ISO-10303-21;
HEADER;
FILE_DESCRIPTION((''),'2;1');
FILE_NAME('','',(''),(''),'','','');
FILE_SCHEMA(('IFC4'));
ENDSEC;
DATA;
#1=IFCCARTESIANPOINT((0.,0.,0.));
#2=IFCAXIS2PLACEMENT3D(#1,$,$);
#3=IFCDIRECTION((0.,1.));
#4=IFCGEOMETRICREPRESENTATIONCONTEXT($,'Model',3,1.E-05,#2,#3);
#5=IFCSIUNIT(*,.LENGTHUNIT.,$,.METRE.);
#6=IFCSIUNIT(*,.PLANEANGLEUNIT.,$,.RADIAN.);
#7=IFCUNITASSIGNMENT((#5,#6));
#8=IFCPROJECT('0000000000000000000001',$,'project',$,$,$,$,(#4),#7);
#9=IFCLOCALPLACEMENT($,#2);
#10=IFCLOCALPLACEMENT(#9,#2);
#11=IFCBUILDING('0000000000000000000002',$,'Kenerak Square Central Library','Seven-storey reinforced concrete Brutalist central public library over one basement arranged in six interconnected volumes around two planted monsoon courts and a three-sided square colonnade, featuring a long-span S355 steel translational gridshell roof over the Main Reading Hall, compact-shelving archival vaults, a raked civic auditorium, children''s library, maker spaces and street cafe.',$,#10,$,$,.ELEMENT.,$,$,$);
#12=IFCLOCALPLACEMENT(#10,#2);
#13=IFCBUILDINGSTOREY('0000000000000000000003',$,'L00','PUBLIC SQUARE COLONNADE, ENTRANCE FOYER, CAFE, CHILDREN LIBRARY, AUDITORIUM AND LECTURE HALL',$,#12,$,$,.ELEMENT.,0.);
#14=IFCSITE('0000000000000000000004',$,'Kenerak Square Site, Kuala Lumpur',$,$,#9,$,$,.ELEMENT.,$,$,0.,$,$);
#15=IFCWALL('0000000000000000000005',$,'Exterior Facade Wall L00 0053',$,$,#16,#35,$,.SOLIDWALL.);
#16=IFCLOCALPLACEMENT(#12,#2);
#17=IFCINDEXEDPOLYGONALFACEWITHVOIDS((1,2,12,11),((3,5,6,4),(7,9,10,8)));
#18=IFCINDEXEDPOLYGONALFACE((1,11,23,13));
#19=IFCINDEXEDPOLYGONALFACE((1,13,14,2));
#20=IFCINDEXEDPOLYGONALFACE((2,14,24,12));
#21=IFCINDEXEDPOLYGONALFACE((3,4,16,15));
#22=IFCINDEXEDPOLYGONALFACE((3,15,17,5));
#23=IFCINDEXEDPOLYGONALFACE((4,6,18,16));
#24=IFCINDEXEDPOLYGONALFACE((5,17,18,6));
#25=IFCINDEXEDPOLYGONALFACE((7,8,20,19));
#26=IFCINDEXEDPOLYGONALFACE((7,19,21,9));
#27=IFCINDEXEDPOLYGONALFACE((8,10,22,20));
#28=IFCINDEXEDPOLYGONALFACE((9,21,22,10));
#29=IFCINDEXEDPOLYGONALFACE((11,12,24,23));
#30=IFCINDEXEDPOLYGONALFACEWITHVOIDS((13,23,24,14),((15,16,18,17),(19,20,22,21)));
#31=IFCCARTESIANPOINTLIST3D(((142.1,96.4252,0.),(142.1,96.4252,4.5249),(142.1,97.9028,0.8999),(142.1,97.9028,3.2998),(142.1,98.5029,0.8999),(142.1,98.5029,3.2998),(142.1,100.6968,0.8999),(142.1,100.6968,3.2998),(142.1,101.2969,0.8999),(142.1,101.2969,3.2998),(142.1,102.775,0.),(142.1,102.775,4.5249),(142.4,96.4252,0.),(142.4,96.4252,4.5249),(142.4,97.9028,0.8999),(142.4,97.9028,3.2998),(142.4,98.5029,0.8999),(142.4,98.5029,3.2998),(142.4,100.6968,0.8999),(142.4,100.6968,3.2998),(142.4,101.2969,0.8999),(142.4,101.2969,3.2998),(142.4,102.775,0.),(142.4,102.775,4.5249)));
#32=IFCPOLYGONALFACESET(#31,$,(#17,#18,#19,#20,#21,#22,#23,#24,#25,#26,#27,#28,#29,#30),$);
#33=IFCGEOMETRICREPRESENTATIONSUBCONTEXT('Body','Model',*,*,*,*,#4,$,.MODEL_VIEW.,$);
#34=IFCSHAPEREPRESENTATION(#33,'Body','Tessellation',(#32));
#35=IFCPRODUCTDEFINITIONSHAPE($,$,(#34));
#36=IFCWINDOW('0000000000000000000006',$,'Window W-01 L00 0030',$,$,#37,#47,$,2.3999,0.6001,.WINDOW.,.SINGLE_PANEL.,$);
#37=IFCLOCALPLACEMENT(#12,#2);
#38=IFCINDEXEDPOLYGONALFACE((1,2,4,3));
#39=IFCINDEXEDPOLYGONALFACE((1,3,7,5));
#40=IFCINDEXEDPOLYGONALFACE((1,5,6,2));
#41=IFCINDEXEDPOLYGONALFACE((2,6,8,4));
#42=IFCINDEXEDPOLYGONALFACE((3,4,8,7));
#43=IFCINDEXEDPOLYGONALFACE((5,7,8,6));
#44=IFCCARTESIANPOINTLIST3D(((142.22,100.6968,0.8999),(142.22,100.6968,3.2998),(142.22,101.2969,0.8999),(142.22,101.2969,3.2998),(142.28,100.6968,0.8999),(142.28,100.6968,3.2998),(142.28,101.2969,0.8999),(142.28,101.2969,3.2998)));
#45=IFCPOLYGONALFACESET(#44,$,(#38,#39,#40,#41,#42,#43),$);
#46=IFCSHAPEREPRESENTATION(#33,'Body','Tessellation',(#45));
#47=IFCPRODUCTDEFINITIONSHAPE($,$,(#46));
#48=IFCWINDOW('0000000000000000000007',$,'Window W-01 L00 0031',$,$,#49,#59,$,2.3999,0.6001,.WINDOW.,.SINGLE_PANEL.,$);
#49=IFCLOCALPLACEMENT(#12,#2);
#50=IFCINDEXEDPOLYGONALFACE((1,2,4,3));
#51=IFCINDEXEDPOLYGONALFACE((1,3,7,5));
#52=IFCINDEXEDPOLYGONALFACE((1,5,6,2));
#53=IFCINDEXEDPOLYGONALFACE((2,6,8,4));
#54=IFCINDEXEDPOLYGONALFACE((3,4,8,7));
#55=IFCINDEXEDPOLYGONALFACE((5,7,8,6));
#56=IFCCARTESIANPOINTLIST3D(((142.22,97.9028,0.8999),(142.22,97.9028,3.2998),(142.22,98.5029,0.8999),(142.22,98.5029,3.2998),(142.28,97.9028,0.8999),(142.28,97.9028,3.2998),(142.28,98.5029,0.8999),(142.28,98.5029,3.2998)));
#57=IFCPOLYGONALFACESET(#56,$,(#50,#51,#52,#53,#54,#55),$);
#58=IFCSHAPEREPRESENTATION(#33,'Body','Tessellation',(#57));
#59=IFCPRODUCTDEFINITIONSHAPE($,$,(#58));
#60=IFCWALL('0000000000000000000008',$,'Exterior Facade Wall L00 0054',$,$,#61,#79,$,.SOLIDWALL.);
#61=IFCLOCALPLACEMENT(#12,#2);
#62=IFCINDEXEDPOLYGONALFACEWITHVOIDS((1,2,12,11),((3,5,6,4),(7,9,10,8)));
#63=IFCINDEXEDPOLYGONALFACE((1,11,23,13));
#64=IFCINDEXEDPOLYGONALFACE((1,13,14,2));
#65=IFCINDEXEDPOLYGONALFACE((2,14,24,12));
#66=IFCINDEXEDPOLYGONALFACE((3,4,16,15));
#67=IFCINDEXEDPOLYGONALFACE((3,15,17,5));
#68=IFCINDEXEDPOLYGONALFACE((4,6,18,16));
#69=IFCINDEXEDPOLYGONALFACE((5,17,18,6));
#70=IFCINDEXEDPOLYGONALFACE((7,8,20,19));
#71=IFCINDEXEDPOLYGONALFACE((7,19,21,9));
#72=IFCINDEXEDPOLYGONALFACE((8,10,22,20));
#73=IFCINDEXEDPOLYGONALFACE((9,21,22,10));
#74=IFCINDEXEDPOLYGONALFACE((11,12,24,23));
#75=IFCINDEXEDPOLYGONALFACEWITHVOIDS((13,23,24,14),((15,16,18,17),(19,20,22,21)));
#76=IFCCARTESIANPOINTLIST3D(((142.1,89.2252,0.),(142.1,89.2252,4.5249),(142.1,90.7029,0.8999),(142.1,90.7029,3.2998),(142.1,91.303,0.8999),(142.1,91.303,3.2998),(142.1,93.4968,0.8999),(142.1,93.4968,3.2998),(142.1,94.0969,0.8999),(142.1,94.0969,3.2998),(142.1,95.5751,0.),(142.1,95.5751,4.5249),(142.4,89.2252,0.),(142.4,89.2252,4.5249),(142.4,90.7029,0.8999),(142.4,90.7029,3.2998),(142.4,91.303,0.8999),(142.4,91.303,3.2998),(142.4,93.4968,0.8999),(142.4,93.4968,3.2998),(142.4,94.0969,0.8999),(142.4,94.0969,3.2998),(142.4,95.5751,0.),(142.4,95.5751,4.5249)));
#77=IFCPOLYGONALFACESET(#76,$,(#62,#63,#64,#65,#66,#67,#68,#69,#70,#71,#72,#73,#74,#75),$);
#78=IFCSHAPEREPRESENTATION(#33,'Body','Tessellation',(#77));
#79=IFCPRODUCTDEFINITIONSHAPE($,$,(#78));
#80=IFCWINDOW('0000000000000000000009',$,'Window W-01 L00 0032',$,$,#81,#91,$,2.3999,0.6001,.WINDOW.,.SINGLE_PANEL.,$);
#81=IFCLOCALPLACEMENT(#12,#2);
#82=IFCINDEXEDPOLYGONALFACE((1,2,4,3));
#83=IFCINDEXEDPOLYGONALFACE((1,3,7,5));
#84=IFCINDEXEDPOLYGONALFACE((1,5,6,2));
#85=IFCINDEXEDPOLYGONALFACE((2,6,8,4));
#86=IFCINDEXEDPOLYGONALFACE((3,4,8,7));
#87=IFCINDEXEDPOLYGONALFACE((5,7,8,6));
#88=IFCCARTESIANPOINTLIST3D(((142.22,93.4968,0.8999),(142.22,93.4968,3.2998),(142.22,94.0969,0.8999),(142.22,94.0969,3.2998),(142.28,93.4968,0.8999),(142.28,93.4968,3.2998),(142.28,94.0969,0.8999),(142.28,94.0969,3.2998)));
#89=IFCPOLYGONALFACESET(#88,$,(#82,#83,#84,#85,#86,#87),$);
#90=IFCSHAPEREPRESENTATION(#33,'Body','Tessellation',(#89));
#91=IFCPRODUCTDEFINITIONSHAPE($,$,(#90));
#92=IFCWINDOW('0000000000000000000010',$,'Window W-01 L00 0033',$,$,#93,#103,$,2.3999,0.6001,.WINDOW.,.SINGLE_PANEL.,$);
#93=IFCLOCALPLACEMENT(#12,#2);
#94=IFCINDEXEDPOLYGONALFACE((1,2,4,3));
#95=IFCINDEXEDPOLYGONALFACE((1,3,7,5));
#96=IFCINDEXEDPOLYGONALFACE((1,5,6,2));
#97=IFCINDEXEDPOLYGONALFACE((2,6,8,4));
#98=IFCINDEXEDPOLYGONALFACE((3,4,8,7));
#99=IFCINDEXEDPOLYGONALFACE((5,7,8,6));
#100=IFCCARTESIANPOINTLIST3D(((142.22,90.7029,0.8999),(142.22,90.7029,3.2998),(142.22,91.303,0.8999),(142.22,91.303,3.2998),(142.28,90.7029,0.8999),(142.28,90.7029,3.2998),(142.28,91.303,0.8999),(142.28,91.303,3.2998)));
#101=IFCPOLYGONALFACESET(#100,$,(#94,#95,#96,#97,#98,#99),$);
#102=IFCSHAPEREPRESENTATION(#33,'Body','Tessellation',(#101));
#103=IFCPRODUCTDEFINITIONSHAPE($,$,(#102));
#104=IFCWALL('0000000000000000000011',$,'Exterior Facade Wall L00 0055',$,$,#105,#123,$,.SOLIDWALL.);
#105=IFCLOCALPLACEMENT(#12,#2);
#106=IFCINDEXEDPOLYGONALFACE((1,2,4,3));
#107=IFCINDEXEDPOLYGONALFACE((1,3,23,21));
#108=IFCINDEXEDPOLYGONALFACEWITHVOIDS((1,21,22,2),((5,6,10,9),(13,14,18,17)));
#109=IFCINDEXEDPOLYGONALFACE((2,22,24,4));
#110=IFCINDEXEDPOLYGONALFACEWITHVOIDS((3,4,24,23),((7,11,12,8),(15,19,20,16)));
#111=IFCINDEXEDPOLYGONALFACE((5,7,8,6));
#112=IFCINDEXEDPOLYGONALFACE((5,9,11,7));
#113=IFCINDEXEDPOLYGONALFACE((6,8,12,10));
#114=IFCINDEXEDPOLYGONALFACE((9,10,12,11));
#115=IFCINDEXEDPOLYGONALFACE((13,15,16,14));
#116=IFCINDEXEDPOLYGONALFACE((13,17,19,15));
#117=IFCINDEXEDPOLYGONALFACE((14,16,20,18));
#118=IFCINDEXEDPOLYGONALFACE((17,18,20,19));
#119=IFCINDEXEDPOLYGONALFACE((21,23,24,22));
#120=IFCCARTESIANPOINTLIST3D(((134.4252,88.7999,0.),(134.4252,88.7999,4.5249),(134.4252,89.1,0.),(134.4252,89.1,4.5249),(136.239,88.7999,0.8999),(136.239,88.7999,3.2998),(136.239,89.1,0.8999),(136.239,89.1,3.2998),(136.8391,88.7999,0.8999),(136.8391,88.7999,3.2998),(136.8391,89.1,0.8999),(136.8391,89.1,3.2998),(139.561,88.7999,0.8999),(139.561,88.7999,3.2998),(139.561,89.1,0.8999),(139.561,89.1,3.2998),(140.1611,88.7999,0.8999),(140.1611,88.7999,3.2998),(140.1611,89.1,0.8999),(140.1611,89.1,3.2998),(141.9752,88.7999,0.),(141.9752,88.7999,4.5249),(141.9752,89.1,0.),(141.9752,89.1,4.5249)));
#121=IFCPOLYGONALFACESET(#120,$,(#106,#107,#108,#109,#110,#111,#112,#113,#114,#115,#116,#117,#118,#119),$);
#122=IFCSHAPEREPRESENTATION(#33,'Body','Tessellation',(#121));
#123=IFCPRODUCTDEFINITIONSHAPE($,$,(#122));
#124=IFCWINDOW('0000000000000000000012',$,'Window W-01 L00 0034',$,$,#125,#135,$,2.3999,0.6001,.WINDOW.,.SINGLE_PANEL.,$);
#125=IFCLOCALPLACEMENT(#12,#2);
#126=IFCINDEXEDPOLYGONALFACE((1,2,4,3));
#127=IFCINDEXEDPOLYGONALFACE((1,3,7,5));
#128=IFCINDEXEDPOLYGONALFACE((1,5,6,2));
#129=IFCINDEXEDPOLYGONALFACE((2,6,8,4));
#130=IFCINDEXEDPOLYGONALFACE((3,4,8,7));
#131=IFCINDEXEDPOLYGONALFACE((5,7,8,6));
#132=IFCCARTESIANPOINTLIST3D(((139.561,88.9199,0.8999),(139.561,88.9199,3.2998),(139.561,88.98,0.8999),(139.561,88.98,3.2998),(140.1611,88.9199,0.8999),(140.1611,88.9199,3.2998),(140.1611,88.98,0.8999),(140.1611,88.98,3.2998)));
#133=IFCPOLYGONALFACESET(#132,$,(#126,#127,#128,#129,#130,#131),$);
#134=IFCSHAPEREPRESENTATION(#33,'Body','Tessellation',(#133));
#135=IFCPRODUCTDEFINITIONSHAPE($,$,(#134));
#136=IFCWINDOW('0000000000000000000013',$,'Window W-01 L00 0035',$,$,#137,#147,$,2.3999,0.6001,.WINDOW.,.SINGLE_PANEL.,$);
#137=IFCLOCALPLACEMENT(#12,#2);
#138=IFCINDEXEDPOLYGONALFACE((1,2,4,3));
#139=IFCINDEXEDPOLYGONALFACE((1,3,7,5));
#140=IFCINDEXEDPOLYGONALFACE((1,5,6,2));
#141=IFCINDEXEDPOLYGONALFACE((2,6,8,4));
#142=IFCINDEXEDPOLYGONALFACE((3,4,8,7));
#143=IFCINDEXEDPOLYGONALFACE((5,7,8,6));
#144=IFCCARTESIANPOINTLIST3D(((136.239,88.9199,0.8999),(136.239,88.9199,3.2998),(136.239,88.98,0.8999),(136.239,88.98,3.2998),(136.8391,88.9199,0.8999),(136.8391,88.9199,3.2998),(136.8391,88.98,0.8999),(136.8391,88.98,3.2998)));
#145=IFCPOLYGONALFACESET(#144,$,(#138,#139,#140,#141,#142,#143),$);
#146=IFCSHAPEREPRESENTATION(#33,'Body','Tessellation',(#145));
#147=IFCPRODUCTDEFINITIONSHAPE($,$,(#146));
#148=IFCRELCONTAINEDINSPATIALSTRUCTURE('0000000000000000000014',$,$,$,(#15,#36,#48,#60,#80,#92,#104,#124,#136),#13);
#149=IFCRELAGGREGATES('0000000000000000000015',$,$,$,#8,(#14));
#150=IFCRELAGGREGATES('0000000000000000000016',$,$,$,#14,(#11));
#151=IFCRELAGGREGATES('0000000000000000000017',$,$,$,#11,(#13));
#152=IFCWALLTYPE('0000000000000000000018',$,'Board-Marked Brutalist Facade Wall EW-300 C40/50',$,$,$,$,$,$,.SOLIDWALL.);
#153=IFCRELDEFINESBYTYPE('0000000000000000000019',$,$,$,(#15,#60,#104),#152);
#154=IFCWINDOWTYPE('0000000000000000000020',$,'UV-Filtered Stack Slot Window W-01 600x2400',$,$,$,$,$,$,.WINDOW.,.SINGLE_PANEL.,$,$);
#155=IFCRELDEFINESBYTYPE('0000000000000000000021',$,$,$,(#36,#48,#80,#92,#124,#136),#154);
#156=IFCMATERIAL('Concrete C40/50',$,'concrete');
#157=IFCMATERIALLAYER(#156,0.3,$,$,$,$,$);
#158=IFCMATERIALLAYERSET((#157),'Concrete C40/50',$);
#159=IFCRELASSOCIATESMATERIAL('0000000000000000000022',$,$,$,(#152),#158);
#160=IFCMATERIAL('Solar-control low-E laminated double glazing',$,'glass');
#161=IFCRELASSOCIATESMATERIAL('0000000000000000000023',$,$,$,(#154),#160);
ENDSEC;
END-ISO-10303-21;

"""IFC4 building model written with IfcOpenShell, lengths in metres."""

from ifc_helpers import new_model, si_unit, direction, frame, frame_2d, origin, place, context, subcontext, project, spatial, rectangle, extrude, material, layer, layer_set, type_object, element, fill, save


model = new_model("IFC4")

# Units and contexts
model_context = context("Model", 3, precision=1e-05, world=origin(), true_north=direction((0.0, 1.0)))
body_context = subcontext(model_context, "Body", "Model", "MODEL_VIEW")
ifc_project = project(units=[si_unit("LENGTHUNIT", "METRE"), si_unit("PLANEANGLEUNIT", "RADIAN")], contexts=[model_context])

# Site, building, storey
site_placement = place(None, origin())
site = spatial("IfcSite", under=ifc_project, at=site_placement, Name="Kenerak Square Site, Kuala Lumpur", CompositionType="ELEMENT", RefElevation=0.0)
building_placement = place(site_placement, origin())
building = spatial("IfcBuilding", under=site, at=building_placement, Name="Kenerak Square Central Library", Description="Seven-storey reinforced concrete Brutalist central public library over one basement arranged in six interconnected volumes around two planted monsoon courts and a three-sided square colonnade, featuring a long-span S355 steel translational gridshell roof over the Main Reading Hall, compact-shelving archival vaults, a raked civic auditorium, children's library, maker spaces and street cafe.", CompositionType="ELEMENT")
storey_placement = place(building_placement, origin())
storey = spatial("IfcBuildingStorey", under=building, at=storey_placement, Name="L00", Description="PUBLIC SQUARE COLONNADE, ENTRANCE FOYER, CAFE, CHILDREN LIBRARY, AUDITORIUM AND LECTURE HALL", CompositionType="ELEMENT", Elevation=0.0)

# Shared definitions
ifc_material_1 = material(Name="Concrete C40/50", Category="concrete")

# Shared definitions
ifc_layer = layer(ifc_material_1, 0.3)
ifc_layer_set = layer_set([ifc_layer], Name="Concrete C40/50")
wall_type = type_object("IfcWallType", Name="Board-Marked Brutalist Facade Wall EW-300 C40/50", PredefinedType="SOLIDWALL", material=ifc_layer_set)

# Walls, openings, windows
ifc_material_2 = material(Name="Solar-control low-E laminated double glazing", Category="glass")
window_type = type_object("IfcWindowType", Name="UV-Filtered Stack Slot Window W-01 600x2400", PartitioningType="SINGLE_PANEL", PredefinedType="WINDOW", material=ifc_material_2)
wall_1_placement = place(storey_placement, frame((142.25, 102.7749, 0.0), z_axis=(0.0, 0.0, 1.0), x_axis=(0.0, -1.0, 0.0)))
wall_1 = element("IfcWall", 1, at=wall_1_placement, inside=storey, type_object=wall_type, Name="Exterior Facade Wall L00 0053", PredefinedType="SOLIDWALL", context=body_context, shape_type="SweptSolid", body=[
    extrude(rectangle(XDim=6.3499, YDim=0.3, at=frame_2d((3.1748, 0.0))), origin(), (0.0, 0.0, 1.0), 4.5249),
])
opening_1_placement = place(wall_1_placement, frame((1.478, 0.0, 0.8999)))
opening_1 = element("IfcOpeningElement", 2, at=opening_1_placement, cuts=wall_1, PredefinedType="OPENING", context=body_context, shape_type="SweptSolid", body=[
    extrude(rectangle(XDim=0.6001, YDim=2.3999, at=frame_2d((0.3, 1.2))), frame((0.0, 0.1599, 0.0), z_axis=(0.0, -1.0, 0.0), x_axis=(1.0, 0.0, 0.0)), (0.0, 0.0, 1.0), 0.3201),
])
opening_2_placement = place(wall_1_placement, frame((4.272, 0.0, 0.8999)))
opening_2 = element("IfcOpeningElement", 3, at=opening_2_placement, cuts=wall_1, PredefinedType="OPENING", context=body_context, shape_type="SweptSolid", body=[
    extrude(rectangle(XDim=0.6001, YDim=2.3999, at=frame_2d((0.3, 1.2))), frame((0.0, 0.1599, 0.0), z_axis=(0.0, -1.0, 0.0), x_axis=(1.0, 0.0, 0.0)), (0.0, 0.0, 1.0), 0.3201),
])
window_1_placement = place(opening_1_placement, origin())
window_1 = element("IfcWindow", 4, at=window_1_placement, inside=storey, type_object=window_type, Name="Window W-01 L00 0030", OverallHeight=2.3999, OverallWidth=0.6001, PartitioningType="SINGLE_PANEL", PredefinedType="WINDOW", context=body_context, shape_type="SweptSolid", body=[
    extrude(rectangle(XDim=0.6001, YDim=2.3999, at=frame_2d((0.3, 1.2))), frame((0.0, 0.03, 0.0), z_axis=(0.0, -1.0, 0.0), x_axis=(1.0, 0.0, 0.0)), (0.0, 0.0, 1.0), 0.0601),
])
fill(opening_1, window_1)
window_2_placement = place(opening_2_placement, origin())
window_2 = element("IfcWindow", 5, at=window_2_placement, inside=storey, type_object=window_type, Name="Window W-01 L00 0031", OverallHeight=2.3999, OverallWidth=0.6001, PartitioningType="SINGLE_PANEL", PredefinedType="WINDOW", context=body_context, shape_type="SweptSolid", body=[
    extrude(rectangle(XDim=0.6001, YDim=2.3999, at=frame_2d((0.3, 1.2))), frame((0.0, 0.03, 0.0), z_axis=(0.0, -1.0, 0.0), x_axis=(1.0, 0.0, 0.0)), (0.0, 0.0, 1.0), 0.0601),
])
fill(opening_2, window_2)
wall_2_placement = place(storey_placement, frame((142.25, 95.575, 0.0), z_axis=(0.0, 0.0, 1.0), x_axis=(0.0, -1.0, 0.0)))
wall_2 = element("IfcWall", 6, at=wall_2_placement, inside=storey, type_object=wall_type, Name="Exterior Facade Wall L00 0054", PredefinedType="SOLIDWALL", context=body_context, shape_type="SweptSolid", body=[
    extrude(rectangle(XDim=6.3499, YDim=0.3, at=frame_2d((3.1748, 0.0))), origin(), (0.0, 0.0, 1.0), 4.5249),
])
opening_3_placement = place(wall_2_placement, frame((1.478, 0.0, 0.8999)))
opening_3 = element("IfcOpeningElement", 7, at=opening_3_placement, cuts=wall_2, PredefinedType="OPENING", context=body_context, shape_type="SweptSolid", body=[
    extrude(rectangle(XDim=0.6001, YDim=2.3999, at=frame_2d((0.3, 1.2))), frame((0.0, 0.1599, 0.0), z_axis=(0.0, -1.0, 0.0), x_axis=(1.0, 0.0, 0.0)), (0.0, 0.0, 1.0), 0.3201),
])
opening_4_placement = place(wall_2_placement, frame((4.272, 0.0, 0.8999)))
opening_4 = element("IfcOpeningElement", 8, at=opening_4_placement, cuts=wall_2, PredefinedType="OPENING", context=body_context, shape_type="SweptSolid", body=[
    extrude(rectangle(XDim=0.6001, YDim=2.3999, at=frame_2d((0.3, 1.2))), frame((0.0, 0.1599, 0.0), z_axis=(0.0, -1.0, 0.0), x_axis=(1.0, 0.0, 0.0)), (0.0, 0.0, 1.0), 0.3201),
])
window_3_placement = place(opening_3_placement, origin())
window_3 = element("IfcWindow", 9, at=window_3_placement, inside=storey, type_object=window_type, Name="Window W-01 L00 0032", OverallHeight=2.3999, OverallWidth=0.6001, PartitioningType="SINGLE_PANEL", PredefinedType="WINDOW", context=body_context, shape_type="SweptSolid", body=[
    extrude(rectangle(XDim=0.6001, YDim=2.3999, at=frame_2d((0.3, 1.2))), frame((0.0, 0.03, 0.0), z_axis=(0.0, -1.0, 0.0), x_axis=(1.0, 0.0, 0.0)), (0.0, 0.0, 1.0), 0.0601),
])
fill(opening_3, window_3)
window_4_placement = place(opening_4_placement, origin())
window_4 = element("IfcWindow", 10, at=window_4_placement, inside=storey, type_object=window_type, Name="Window W-01 L00 0033", OverallHeight=2.3999, OverallWidth=0.6001, PartitioningType="SINGLE_PANEL", PredefinedType="WINDOW", context=body_context, shape_type="SweptSolid", body=[
    extrude(rectangle(XDim=0.6001, YDim=2.3999, at=frame_2d((0.3, 1.2))), frame((0.0, 0.03, 0.0), z_axis=(0.0, -1.0, 0.0), x_axis=(1.0, 0.0, 0.0)), (0.0, 0.0, 1.0), 0.0601),
])
fill(opening_4, window_4)
wall_3_placement = place(storey_placement, frame((141.9751, 88.95, 0.0), z_axis=(0.0, 0.0, 1.0), x_axis=(-1.0, 0.0, 0.0)))
wall_3 = element("IfcWall", 11, at=wall_3_placement, inside=storey, type_object=wall_type, Name="Exterior Facade Wall L00 0055", PredefinedType="SOLIDWALL", context=body_context, shape_type="SweptSolid", body=[
    extrude(rectangle(XDim=7.55, YDim=0.3, at=frame_2d((3.7749, 0.0))), origin(), (0.0, 0.0, 1.0), 4.5249),
])
opening_5_placement = place(wall_3_placement, frame((1.814, 0.0, 0.8999)))
opening_5 = element("IfcOpeningElement", 12, at=opening_5_placement, cuts=wall_3, PredefinedType="OPENING", context=body_context, shape_type="SweptSolid", body=[
    extrude(rectangle(XDim=0.6001, YDim=2.3999, at=frame_2d((0.3, 1.2))), frame((0.0, 0.1599, 0.0), z_axis=(0.0, -1.0, 0.0), x_axis=(1.0, 0.0, 0.0)), (0.0, 0.0, 1.0), 0.3201),
])
opening_6_placement = place(wall_3_placement, frame((5.136, 0.0, 0.8999)))
opening_6 = element("IfcOpeningElement", 13, at=opening_6_placement, cuts=wall_3, PredefinedType="OPENING", context=body_context, shape_type="SweptSolid", body=[
    extrude(rectangle(XDim=0.6001, YDim=2.3999, at=frame_2d((0.3, 1.2))), frame((0.0, 0.1599, 0.0), z_axis=(0.0, -1.0, 0.0), x_axis=(1.0, 0.0, 0.0)), (0.0, 0.0, 1.0), 0.3201),
])
window_5_placement = place(opening_5_placement, origin())
window_5 = element("IfcWindow", 14, at=window_5_placement, inside=storey, type_object=window_type, Name="Window W-01 L00 0034", OverallHeight=2.3999, OverallWidth=0.6001, PartitioningType="SINGLE_PANEL", PredefinedType="WINDOW", context=body_context, shape_type="SweptSolid", body=[
    extrude(rectangle(XDim=0.6001, YDim=2.3999, at=frame_2d((0.3, 1.2))), frame((0.0, 0.03, 0.0), z_axis=(0.0, -1.0, 0.0), x_axis=(1.0, 0.0, 0.0)), (0.0, 0.0, 1.0), 0.0601),
])
fill(opening_5, window_5)
window_6_placement = place(opening_6_placement, origin())
window_6 = element("IfcWindow", 15, at=window_6_placement, inside=storey, type_object=window_type, Name="Window W-01 L00 0035", OverallHeight=2.3999, OverallWidth=0.6001, PartitioningType="SINGLE_PANEL", PredefinedType="WINDOW", context=body_context, shape_type="SweptSolid", body=[
    extrude(rectangle(XDim=0.6001, YDim=2.3999, at=frame_2d((0.3, 1.2))), frame((0.0, 0.03, 0.0), z_axis=(0.0, -1.0, 0.0), x_axis=(1.0, 0.0, 0.0)), (0.0, 0.0, 1.0), 0.0601),
])
fill(opening_6, window_6)

save(model, "model.ifc")
